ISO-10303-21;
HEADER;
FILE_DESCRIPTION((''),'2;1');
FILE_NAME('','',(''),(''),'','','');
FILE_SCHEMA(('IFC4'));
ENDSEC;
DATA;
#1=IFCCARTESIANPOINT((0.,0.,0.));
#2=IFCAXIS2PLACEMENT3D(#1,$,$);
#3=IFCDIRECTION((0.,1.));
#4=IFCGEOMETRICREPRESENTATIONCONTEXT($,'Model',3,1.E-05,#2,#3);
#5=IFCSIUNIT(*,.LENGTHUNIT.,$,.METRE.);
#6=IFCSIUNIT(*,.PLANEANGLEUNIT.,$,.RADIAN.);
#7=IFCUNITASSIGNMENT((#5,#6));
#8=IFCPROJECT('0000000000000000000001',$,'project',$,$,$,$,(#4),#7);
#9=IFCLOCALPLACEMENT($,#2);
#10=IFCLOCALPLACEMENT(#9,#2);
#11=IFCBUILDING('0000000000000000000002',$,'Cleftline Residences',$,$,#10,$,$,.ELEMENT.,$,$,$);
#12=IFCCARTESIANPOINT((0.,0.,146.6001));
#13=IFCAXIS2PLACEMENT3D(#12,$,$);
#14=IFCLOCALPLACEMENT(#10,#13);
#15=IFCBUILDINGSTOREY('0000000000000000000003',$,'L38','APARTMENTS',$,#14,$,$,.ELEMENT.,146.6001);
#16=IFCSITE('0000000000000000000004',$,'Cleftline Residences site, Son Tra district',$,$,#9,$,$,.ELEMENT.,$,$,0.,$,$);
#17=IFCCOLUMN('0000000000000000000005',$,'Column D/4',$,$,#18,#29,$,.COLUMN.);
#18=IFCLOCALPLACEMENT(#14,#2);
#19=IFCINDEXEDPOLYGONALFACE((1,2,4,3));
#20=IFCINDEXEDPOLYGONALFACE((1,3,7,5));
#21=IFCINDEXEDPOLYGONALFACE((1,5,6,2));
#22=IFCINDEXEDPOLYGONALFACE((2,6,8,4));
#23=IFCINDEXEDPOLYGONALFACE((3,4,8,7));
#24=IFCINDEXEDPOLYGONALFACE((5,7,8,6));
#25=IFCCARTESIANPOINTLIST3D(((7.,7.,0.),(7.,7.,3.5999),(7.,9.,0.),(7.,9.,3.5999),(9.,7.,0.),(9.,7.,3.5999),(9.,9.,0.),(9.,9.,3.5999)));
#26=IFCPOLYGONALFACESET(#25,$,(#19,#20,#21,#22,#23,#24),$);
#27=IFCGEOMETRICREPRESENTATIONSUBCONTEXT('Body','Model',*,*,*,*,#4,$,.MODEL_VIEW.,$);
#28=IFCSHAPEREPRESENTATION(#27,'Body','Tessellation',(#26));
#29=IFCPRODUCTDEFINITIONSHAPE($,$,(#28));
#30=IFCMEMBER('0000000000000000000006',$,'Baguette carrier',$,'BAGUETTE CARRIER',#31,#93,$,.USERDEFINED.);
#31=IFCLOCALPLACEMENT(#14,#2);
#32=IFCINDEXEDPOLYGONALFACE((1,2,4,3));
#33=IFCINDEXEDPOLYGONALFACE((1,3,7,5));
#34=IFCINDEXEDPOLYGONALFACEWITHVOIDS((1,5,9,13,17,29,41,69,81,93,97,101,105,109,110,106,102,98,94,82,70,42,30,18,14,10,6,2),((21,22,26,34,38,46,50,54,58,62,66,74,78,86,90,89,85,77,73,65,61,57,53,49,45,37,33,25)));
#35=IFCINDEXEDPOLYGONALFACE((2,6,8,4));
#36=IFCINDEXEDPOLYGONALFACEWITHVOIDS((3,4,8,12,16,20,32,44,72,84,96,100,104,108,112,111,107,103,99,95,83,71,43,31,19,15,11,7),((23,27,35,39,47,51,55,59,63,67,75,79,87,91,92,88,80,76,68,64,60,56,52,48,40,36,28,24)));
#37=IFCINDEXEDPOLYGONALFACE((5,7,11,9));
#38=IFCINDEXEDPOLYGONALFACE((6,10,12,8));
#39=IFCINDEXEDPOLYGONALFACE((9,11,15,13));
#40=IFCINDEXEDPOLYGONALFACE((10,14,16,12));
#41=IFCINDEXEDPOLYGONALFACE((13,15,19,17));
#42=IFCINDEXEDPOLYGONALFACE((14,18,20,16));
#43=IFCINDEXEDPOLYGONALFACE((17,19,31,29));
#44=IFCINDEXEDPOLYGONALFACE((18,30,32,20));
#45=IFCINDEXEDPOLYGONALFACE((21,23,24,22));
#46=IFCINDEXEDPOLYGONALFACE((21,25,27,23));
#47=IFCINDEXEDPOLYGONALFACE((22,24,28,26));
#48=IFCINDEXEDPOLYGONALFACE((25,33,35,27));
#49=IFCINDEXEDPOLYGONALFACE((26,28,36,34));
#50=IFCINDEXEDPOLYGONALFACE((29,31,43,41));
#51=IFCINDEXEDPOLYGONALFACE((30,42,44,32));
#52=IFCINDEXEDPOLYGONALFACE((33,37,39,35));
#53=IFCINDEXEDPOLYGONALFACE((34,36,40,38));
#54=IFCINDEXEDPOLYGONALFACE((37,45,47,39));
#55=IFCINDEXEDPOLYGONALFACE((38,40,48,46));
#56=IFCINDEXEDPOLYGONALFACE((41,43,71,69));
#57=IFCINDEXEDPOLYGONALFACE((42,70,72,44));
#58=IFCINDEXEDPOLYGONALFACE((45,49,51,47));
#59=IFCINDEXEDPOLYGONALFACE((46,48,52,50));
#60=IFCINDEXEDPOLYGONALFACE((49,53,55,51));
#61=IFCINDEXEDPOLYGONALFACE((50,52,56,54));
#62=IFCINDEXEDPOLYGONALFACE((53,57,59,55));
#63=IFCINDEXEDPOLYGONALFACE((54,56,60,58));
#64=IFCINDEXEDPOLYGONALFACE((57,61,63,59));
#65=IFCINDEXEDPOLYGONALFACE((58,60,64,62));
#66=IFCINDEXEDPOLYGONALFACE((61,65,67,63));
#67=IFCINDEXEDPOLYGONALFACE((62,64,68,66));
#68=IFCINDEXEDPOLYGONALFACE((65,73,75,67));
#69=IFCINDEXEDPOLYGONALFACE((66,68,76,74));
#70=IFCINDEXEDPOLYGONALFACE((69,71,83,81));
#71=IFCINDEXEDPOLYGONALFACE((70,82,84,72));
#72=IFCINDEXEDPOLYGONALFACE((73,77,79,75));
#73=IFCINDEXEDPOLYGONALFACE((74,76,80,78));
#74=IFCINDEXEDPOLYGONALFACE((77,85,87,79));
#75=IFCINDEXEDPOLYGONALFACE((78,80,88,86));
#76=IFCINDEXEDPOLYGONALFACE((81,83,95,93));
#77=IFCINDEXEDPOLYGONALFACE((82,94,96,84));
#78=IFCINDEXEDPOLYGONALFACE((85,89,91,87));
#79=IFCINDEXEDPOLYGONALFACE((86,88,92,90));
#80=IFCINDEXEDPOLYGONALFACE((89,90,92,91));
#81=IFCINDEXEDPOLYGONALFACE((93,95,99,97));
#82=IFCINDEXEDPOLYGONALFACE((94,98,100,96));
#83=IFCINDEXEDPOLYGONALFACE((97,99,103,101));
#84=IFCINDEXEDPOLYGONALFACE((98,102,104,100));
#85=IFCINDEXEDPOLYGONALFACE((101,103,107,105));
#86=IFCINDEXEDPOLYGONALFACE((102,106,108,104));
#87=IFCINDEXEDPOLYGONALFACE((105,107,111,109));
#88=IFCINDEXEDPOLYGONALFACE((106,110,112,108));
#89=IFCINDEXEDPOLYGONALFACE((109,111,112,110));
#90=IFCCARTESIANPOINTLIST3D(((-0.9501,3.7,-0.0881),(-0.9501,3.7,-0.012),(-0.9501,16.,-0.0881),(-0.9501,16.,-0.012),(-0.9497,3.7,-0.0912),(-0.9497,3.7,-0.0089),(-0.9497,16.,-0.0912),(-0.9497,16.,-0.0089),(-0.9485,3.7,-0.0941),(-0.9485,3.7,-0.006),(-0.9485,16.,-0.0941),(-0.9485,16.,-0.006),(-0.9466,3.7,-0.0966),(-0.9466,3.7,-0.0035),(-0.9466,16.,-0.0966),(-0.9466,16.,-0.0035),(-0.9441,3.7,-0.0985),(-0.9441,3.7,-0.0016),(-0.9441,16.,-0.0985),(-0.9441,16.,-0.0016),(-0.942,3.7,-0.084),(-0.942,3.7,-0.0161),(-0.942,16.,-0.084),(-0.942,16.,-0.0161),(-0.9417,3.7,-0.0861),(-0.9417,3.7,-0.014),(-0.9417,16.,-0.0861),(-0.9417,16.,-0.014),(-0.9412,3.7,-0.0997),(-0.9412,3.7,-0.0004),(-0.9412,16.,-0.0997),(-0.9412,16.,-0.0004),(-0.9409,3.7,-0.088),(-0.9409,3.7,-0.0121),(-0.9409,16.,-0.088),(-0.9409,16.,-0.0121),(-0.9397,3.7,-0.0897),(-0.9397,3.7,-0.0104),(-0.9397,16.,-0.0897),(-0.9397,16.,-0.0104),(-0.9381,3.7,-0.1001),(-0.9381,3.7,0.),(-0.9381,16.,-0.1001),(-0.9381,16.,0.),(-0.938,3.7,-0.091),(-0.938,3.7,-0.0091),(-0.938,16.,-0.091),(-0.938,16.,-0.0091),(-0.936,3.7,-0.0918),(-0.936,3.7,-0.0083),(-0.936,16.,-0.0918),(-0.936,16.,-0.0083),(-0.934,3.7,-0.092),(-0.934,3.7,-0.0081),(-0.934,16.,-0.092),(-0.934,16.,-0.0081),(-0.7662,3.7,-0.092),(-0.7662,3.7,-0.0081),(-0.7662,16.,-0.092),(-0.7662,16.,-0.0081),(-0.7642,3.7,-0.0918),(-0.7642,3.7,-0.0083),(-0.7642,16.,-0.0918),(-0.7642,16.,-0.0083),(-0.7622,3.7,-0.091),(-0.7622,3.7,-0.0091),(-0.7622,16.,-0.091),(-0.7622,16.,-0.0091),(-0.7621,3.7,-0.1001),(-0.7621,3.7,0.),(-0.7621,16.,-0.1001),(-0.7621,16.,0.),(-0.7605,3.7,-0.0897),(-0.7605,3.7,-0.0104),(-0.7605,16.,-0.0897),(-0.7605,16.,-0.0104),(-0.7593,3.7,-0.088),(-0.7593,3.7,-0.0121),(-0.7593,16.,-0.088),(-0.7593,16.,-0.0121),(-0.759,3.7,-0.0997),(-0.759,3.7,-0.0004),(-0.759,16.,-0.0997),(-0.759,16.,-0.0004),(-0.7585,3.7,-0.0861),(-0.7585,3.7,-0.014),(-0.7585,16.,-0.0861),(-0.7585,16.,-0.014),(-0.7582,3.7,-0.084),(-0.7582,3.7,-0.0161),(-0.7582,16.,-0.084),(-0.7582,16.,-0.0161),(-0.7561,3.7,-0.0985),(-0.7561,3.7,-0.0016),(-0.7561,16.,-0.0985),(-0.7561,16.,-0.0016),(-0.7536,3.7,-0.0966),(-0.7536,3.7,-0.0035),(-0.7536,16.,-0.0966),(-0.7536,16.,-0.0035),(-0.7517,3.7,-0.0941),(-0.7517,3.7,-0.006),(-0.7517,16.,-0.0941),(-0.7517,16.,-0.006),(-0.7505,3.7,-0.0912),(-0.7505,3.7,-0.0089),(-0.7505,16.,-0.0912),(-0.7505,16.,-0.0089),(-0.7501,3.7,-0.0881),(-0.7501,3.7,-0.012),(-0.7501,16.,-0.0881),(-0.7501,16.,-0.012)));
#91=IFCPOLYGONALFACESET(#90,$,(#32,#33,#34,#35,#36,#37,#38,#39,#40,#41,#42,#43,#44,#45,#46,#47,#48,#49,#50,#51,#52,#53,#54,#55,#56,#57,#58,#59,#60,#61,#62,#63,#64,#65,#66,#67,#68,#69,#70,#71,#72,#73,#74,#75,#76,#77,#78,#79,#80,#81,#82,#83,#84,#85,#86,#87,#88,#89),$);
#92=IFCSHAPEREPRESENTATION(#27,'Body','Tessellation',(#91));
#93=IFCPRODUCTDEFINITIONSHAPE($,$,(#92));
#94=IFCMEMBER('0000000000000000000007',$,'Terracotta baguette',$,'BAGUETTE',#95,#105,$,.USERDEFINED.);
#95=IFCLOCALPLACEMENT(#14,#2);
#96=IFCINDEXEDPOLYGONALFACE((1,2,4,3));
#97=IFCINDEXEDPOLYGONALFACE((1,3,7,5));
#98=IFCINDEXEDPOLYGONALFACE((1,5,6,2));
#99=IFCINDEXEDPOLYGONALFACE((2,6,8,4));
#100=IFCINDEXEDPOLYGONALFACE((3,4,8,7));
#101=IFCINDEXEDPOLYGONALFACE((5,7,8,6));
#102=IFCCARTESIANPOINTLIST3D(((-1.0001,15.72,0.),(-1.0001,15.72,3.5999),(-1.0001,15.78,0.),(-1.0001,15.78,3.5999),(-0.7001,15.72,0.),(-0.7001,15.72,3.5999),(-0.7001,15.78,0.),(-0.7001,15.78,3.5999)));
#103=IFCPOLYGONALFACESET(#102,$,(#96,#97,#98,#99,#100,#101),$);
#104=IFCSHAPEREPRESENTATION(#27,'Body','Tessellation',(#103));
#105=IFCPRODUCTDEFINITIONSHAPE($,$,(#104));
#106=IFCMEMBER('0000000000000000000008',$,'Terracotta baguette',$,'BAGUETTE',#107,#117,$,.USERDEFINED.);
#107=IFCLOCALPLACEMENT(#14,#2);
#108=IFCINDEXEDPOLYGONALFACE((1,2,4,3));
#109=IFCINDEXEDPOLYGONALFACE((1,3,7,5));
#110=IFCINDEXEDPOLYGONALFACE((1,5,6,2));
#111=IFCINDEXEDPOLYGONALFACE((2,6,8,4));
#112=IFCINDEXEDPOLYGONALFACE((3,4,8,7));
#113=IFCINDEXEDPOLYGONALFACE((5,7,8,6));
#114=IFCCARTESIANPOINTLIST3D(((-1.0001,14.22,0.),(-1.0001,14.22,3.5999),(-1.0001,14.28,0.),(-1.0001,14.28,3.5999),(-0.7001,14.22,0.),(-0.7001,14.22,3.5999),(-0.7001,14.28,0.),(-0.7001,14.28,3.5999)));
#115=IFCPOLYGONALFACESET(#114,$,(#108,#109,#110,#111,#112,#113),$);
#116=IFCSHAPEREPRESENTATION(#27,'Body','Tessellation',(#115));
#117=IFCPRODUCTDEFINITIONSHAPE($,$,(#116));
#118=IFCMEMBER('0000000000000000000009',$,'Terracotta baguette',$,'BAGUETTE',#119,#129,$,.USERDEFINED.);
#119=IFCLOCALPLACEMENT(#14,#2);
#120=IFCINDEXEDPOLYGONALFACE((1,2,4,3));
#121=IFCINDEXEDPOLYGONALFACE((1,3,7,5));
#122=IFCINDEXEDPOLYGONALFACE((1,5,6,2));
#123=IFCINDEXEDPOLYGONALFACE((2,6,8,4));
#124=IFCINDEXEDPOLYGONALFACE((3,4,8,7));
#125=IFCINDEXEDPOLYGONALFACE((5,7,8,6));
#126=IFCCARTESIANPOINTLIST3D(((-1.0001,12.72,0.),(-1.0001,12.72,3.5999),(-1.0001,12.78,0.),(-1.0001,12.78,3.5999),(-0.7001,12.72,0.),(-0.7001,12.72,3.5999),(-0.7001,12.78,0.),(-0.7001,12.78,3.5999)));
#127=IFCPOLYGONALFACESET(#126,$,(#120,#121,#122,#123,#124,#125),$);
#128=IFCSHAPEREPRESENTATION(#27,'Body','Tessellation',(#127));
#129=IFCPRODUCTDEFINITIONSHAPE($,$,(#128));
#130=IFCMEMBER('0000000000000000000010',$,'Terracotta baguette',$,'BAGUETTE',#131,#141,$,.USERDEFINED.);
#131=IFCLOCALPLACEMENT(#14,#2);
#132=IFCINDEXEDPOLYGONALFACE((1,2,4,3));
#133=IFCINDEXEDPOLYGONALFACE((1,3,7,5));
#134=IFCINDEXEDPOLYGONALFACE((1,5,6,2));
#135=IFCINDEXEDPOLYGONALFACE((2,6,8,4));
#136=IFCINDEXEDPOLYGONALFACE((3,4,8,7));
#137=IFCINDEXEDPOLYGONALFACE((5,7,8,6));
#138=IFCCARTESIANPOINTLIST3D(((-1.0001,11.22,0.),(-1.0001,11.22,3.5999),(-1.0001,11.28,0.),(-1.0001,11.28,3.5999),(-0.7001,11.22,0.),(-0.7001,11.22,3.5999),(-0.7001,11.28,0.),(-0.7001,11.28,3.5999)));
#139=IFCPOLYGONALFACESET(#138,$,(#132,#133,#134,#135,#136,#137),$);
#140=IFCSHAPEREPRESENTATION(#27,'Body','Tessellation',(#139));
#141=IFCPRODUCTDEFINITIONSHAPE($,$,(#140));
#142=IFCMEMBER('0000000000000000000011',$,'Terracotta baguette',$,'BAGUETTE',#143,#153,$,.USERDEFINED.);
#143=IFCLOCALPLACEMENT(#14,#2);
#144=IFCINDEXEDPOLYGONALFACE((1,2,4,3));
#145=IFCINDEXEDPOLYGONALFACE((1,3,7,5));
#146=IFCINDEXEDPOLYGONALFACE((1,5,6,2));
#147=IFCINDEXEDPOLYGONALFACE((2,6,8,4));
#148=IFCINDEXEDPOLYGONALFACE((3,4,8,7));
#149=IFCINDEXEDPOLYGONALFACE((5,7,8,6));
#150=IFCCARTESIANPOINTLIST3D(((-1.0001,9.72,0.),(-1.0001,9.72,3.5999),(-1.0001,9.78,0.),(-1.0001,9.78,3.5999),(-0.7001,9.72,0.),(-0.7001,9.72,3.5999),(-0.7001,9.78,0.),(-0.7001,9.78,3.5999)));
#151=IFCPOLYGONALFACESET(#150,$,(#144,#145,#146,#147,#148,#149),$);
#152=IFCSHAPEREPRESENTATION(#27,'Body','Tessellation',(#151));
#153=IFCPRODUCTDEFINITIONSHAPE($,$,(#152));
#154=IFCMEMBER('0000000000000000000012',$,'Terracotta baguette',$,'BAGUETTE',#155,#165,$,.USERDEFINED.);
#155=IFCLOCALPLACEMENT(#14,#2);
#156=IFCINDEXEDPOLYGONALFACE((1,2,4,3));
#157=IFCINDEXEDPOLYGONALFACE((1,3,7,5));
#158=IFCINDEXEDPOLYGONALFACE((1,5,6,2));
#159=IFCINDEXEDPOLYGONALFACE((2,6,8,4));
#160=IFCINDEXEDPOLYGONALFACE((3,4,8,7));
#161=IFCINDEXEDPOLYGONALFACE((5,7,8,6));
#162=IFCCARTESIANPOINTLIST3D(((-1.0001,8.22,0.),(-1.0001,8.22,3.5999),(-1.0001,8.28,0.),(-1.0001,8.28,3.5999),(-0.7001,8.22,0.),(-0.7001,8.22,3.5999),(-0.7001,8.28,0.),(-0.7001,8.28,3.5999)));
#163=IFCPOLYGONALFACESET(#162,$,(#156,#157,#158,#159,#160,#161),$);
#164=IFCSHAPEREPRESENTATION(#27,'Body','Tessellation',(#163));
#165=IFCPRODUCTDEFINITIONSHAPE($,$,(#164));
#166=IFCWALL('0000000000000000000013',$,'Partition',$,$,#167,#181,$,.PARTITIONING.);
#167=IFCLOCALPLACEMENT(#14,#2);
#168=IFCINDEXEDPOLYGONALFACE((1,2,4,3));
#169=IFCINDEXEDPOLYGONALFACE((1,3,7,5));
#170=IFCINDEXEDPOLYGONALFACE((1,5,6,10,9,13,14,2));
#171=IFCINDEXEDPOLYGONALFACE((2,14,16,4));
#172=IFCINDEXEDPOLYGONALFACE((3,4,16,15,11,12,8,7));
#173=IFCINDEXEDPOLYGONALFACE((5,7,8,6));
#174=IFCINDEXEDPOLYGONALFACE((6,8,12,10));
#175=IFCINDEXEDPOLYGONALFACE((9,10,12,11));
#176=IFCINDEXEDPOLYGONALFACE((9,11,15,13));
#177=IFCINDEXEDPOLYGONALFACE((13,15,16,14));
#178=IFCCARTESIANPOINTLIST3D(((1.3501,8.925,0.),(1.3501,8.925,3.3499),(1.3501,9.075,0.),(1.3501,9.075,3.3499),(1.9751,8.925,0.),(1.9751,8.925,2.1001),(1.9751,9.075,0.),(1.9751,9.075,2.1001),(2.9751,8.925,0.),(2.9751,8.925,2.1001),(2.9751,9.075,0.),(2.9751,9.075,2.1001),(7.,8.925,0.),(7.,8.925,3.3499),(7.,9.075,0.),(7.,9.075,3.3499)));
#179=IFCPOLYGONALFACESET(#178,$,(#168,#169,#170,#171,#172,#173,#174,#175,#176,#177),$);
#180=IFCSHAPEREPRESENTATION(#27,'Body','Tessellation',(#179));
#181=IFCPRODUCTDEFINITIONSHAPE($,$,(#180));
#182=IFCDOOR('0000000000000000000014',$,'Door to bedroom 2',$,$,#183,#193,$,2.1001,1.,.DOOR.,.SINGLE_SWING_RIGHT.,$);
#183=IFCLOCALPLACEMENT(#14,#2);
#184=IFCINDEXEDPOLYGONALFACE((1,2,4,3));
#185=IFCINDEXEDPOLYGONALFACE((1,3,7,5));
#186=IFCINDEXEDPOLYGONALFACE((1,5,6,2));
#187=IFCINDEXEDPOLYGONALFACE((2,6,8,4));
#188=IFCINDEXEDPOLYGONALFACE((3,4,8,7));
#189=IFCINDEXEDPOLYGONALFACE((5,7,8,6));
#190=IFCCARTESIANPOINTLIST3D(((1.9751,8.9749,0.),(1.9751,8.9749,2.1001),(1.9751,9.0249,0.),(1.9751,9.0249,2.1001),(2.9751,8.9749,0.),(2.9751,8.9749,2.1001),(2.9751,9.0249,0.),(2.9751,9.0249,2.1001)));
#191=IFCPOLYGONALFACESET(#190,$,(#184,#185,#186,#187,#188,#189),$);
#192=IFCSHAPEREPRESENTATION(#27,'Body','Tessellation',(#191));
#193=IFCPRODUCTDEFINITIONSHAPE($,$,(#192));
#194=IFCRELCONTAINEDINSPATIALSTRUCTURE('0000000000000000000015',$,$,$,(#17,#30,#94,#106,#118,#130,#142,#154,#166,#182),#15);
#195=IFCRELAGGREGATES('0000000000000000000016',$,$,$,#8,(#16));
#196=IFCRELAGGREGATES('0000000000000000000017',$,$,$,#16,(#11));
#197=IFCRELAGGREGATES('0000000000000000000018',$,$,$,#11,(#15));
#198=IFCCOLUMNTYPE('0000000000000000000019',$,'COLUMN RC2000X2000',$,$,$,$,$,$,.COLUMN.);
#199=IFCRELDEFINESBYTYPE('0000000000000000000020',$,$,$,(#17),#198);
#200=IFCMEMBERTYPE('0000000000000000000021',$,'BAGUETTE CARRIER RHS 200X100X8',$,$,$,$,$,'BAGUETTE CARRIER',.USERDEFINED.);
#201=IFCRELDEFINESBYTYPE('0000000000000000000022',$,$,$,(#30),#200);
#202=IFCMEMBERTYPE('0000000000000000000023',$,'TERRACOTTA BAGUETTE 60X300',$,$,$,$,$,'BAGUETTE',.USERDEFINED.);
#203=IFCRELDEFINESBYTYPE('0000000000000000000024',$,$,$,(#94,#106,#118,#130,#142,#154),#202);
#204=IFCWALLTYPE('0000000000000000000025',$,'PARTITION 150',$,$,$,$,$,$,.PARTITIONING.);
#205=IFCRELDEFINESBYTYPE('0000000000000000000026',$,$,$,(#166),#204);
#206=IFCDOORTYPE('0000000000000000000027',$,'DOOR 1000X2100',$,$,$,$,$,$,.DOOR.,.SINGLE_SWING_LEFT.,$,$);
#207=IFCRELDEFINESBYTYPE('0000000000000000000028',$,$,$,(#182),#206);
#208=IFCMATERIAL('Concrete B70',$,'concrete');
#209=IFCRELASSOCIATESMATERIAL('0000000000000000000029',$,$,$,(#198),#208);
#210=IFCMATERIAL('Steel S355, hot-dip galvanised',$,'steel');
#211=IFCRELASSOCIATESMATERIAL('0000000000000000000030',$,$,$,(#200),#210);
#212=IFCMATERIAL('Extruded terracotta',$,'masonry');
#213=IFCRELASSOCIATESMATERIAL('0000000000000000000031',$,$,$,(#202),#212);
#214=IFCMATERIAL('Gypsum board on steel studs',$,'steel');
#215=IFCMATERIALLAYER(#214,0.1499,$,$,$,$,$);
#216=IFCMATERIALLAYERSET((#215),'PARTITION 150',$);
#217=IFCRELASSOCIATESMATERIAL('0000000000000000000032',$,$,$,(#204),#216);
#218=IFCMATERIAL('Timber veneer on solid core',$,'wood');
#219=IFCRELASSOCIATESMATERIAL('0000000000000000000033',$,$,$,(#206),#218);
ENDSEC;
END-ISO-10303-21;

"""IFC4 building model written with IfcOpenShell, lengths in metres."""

from ifc_helpers import new_model, si_unit, direction, frame, frame_2d, origin, origin_2d, place, context, subcontext, project, spatial, rectangle, hollow_rectangle, extrude, material, layer, layer_set, material_profile, profile_set, type_object, element, fill, save


model = new_model("IFC4")

# Units and contexts
model_context = context("Model", 3, precision=1e-05, world=origin(), true_north=direction((0.0, 1.0)))
body_context = subcontext(model_context, "Body", "Model", "MODEL_VIEW")
ifc_project = project(units=[si_unit("LENGTHUNIT", "METRE"), si_unit("PLANEANGLEUNIT", "RADIAN")], contexts=[model_context])

# Site, building, storey
site_placement = place(None, origin())
site = spatial("IfcSite", under=ifc_project, at=site_placement, Name="Cleftline Residences site, Son Tra district", CompositionType="ELEMENT", RefElevation=0.0)
building_placement = place(site_placement, origin())
building = spatial("IfcBuilding", under=site, at=building_placement, Name="Cleftline Residences", CompositionType="ELEMENT")
storey_placement = place(building_placement, frame((0.0, 0.0, 146.6001)))
storey = spatial("IfcBuildingStorey", under=building, at=storey_placement, Name="L38", Description="APARTMENTS", CompositionType="ELEMENT", Elevation=146.6001)

# Column
ifc_material_1 = material(Name="Concrete B70", Category="concrete")
ifc_material_profile_1 = material_profile(ifc_material_1, rectangle(XDim=2.0, YDim=2.0, at=origin_2d()))
ifc_profile_set_1 = profile_set([ifc_material_profile_1], Name="Concrete B70")
column_type = type_object("IfcColumnType", Name="COLUMN RC2000X2000", PredefinedType="COLUMN", material=ifc_profile_set_1)
column_placement = place(storey_placement, frame((8.0, 8.0, 0.0), z_axis=(0.0, 0.0, 1.0), x_axis=(1.0, 0.0, 0.0)))
element("IfcColumn", 1, at=column_placement, inside=storey, type_object=column_type, Name="Column D/4", PredefinedType="COLUMN", context=body_context, shape_type="SweptSolid", body=[
    extrude(rectangle(XDim=2.0, YDim=2.0, at=origin_2d()), origin(), (0.0, 0.0, 1.0), 3.5999),
])

# Members
ifc_material_2 = material(Name="Steel S355, hot-dip galvanised", Category="steel")
ifc_material_profile_2 = material_profile(ifc_material_2, hollow_rectangle(XDim=0.1001, YDim=0.2, WallThickness=0.0081, InnerFilletRadius=0.0081, OuterFilletRadius=0.012, at=origin_2d()))
ifc_profile_set_2 = profile_set([ifc_material_profile_2], Name="Steel S355, hot-dip galvanised")
member_type_1 = type_object("IfcMemberType", Name="BAGUETTE CARRIER RHS 200X100X8", ElementType="BAGUETTE CARRIER", PredefinedType="USERDEFINED", material=ifc_profile_set_2)
member_placement = place(storey_placement, frame((-0.8501, 16.0, -0.05), z_axis=(0.0, -1.0, 0.0), x_axis=(0.0, 0.0, 1.0)))
element("IfcMember", 2, at=member_placement, inside=storey, type_object=member_type_1, Name="Baguette carrier", ObjectType="BAGUETTE CARRIER", PredefinedType="USERDEFINED", context=body_context, shape_type="SweptSolid", body=[
    extrude(hollow_rectangle(XDim=0.1001, YDim=0.2, WallThickness=0.0081, InnerFilletRadius=0.0081, OuterFilletRadius=0.012, at=origin_2d()), origin(), (0.0, 0.0, 1.0), 12.3),
])
ifc_material_3 = material(Name="Extruded terracotta", Category="masonry")
ifc_material_profile_3 = material_profile(ifc_material_3, rectangle(XDim=0.0601, YDim=0.3, at=origin_2d()))
ifc_profile_set_3 = profile_set([ifc_material_profile_3], Name="Extruded terracotta")
member_type_2 = type_object("IfcMemberType", Name="TERRACOTTA BAGUETTE 60X300", ElementType="BAGUETTE", PredefinedType="USERDEFINED", material=ifc_profile_set_3)
for number, where, z_axis, x_axis, name in (
    (3, (-0.8501, 15.75, 0.0), (0.0, 0.0, 1.0), (0.0, 1.0, 0.0), "Terracotta baguette"),
    (4, (-0.8501, 14.25, 0.0), (0.0, 0.0, 1.0), (0.0, 1.0, 0.0), "Terracotta baguette"),
    (5, (-0.8501, 12.75, 0.0), (0.0, 0.0, 1.0), (0.0, 1.0, 0.0), "Terracotta baguette"),
    (6, (-0.8501, 11.25, 0.0), (0.0, 0.0, 1.0), (0.0, 1.0, 0.0), "Terracotta baguette"),
    (7, (-0.8501, 9.75, 0.0), (0.0, 0.0, 1.0), (0.0, 1.0, 0.0), "Terracotta baguette"),
    (8, (-0.8501, 8.25, 0.0), (0.0, 0.0, 1.0), (0.0, 1.0, 0.0), "Terracotta baguette"),
):
    element("IfcMember", number, at=place(storey_placement, frame(where, z_axis=z_axis, x_axis=x_axis)), inside=storey, type_object=member_type_2, Name=name, ObjectType="BAGUETTE", PredefinedType="USERDEFINED", context=body_context, shape_type="SweptSolid", body=[
        extrude(rectangle(XDim=0.0601, YDim=0.3, at=origin_2d()), origin(), (0.0, 0.0, 1.0), 3.5999),
    ])

# Wall, opening, door
ifc_material_4 = material(Name="Gypsum board on steel studs", Category="steel")
ifc_layer = layer(ifc_material_4, 0.1499)
ifc_layer_set = layer_set([ifc_layer], Name="PARTITION 150")
wall_type = type_object("IfcWallType", Name="PARTITION 150", PredefinedType="PARTITIONING", material=ifc_layer_set)
wall_1_placement = place(storey_placement, frame((1.3501, 9.0, 0.0), z_axis=(0.0, 0.0, 1.0), x_axis=(1.0, 0.0, 0.0)))
wall_1 = element("IfcWall", 9, at=wall_1_placement, inside=storey, type_object=wall_type, Name="Partition", PredefinedType="PARTITIONING", context=body_context, shape_type="SweptSolid", body=[
    extrude(rectangle(XDim=5.6499, YDim=0.1499, at=frame_2d((2.825, 0.0))), origin(), (0.0, 0.0, 1.0), 3.3499),
])
opening_1_placement = place(wall_1_placement, frame((0.625, 0.0, 0.0)))
opening_1 = element("IfcOpeningElement", 10, at=opening_1_placement, cuts=wall_1, PredefinedType="OPENING", context=body_context, shape_type="SweptSolid", body=[
    extrude(rectangle(XDim=1.0, YDim=2.1001, at=frame_2d((0.5, 1.05))), frame((0.0, 0.085, 0.0), z_axis=(0.0, -1.0, 0.0), x_axis=(1.0, 0.0, 0.0)), (0.0, 0.0, 1.0), 0.1699),
])
ifc_material_5 = material(Name="Timber veneer on solid core", Category="wood")
door_type_1 = type_object("IfcDoorType", Name="DOOR 1000X2100", OperationType="SINGLE_SWING_LEFT", PredefinedType="DOOR", material=ifc_material_5)
door_1_placement = place(opening_1_placement, origin())
door_1 = element("IfcDoor", 11, at=door_1_placement, inside=storey, type_object=door_type_1, Name="Door to bedroom 2", OperationType="SINGLE_SWING_RIGHT", OverallHeight=2.1001, OverallWidth=1.0, PredefinedType="DOOR", context=body_context, shape_type="SweptSolid", body=[
    extrude(rectangle(XDim=1.0, YDim=2.1001, at=frame_2d((0.5, 1.05))), frame((0.0, 0.0249, 0.0), z_axis=(0.0, -1.0, 0.0), x_axis=(1.0, 0.0, 0.0)), (0.0, 0.0, 1.0), 0.05),
])
fill(opening_1, door_1)

save(model, "model.ifc")
